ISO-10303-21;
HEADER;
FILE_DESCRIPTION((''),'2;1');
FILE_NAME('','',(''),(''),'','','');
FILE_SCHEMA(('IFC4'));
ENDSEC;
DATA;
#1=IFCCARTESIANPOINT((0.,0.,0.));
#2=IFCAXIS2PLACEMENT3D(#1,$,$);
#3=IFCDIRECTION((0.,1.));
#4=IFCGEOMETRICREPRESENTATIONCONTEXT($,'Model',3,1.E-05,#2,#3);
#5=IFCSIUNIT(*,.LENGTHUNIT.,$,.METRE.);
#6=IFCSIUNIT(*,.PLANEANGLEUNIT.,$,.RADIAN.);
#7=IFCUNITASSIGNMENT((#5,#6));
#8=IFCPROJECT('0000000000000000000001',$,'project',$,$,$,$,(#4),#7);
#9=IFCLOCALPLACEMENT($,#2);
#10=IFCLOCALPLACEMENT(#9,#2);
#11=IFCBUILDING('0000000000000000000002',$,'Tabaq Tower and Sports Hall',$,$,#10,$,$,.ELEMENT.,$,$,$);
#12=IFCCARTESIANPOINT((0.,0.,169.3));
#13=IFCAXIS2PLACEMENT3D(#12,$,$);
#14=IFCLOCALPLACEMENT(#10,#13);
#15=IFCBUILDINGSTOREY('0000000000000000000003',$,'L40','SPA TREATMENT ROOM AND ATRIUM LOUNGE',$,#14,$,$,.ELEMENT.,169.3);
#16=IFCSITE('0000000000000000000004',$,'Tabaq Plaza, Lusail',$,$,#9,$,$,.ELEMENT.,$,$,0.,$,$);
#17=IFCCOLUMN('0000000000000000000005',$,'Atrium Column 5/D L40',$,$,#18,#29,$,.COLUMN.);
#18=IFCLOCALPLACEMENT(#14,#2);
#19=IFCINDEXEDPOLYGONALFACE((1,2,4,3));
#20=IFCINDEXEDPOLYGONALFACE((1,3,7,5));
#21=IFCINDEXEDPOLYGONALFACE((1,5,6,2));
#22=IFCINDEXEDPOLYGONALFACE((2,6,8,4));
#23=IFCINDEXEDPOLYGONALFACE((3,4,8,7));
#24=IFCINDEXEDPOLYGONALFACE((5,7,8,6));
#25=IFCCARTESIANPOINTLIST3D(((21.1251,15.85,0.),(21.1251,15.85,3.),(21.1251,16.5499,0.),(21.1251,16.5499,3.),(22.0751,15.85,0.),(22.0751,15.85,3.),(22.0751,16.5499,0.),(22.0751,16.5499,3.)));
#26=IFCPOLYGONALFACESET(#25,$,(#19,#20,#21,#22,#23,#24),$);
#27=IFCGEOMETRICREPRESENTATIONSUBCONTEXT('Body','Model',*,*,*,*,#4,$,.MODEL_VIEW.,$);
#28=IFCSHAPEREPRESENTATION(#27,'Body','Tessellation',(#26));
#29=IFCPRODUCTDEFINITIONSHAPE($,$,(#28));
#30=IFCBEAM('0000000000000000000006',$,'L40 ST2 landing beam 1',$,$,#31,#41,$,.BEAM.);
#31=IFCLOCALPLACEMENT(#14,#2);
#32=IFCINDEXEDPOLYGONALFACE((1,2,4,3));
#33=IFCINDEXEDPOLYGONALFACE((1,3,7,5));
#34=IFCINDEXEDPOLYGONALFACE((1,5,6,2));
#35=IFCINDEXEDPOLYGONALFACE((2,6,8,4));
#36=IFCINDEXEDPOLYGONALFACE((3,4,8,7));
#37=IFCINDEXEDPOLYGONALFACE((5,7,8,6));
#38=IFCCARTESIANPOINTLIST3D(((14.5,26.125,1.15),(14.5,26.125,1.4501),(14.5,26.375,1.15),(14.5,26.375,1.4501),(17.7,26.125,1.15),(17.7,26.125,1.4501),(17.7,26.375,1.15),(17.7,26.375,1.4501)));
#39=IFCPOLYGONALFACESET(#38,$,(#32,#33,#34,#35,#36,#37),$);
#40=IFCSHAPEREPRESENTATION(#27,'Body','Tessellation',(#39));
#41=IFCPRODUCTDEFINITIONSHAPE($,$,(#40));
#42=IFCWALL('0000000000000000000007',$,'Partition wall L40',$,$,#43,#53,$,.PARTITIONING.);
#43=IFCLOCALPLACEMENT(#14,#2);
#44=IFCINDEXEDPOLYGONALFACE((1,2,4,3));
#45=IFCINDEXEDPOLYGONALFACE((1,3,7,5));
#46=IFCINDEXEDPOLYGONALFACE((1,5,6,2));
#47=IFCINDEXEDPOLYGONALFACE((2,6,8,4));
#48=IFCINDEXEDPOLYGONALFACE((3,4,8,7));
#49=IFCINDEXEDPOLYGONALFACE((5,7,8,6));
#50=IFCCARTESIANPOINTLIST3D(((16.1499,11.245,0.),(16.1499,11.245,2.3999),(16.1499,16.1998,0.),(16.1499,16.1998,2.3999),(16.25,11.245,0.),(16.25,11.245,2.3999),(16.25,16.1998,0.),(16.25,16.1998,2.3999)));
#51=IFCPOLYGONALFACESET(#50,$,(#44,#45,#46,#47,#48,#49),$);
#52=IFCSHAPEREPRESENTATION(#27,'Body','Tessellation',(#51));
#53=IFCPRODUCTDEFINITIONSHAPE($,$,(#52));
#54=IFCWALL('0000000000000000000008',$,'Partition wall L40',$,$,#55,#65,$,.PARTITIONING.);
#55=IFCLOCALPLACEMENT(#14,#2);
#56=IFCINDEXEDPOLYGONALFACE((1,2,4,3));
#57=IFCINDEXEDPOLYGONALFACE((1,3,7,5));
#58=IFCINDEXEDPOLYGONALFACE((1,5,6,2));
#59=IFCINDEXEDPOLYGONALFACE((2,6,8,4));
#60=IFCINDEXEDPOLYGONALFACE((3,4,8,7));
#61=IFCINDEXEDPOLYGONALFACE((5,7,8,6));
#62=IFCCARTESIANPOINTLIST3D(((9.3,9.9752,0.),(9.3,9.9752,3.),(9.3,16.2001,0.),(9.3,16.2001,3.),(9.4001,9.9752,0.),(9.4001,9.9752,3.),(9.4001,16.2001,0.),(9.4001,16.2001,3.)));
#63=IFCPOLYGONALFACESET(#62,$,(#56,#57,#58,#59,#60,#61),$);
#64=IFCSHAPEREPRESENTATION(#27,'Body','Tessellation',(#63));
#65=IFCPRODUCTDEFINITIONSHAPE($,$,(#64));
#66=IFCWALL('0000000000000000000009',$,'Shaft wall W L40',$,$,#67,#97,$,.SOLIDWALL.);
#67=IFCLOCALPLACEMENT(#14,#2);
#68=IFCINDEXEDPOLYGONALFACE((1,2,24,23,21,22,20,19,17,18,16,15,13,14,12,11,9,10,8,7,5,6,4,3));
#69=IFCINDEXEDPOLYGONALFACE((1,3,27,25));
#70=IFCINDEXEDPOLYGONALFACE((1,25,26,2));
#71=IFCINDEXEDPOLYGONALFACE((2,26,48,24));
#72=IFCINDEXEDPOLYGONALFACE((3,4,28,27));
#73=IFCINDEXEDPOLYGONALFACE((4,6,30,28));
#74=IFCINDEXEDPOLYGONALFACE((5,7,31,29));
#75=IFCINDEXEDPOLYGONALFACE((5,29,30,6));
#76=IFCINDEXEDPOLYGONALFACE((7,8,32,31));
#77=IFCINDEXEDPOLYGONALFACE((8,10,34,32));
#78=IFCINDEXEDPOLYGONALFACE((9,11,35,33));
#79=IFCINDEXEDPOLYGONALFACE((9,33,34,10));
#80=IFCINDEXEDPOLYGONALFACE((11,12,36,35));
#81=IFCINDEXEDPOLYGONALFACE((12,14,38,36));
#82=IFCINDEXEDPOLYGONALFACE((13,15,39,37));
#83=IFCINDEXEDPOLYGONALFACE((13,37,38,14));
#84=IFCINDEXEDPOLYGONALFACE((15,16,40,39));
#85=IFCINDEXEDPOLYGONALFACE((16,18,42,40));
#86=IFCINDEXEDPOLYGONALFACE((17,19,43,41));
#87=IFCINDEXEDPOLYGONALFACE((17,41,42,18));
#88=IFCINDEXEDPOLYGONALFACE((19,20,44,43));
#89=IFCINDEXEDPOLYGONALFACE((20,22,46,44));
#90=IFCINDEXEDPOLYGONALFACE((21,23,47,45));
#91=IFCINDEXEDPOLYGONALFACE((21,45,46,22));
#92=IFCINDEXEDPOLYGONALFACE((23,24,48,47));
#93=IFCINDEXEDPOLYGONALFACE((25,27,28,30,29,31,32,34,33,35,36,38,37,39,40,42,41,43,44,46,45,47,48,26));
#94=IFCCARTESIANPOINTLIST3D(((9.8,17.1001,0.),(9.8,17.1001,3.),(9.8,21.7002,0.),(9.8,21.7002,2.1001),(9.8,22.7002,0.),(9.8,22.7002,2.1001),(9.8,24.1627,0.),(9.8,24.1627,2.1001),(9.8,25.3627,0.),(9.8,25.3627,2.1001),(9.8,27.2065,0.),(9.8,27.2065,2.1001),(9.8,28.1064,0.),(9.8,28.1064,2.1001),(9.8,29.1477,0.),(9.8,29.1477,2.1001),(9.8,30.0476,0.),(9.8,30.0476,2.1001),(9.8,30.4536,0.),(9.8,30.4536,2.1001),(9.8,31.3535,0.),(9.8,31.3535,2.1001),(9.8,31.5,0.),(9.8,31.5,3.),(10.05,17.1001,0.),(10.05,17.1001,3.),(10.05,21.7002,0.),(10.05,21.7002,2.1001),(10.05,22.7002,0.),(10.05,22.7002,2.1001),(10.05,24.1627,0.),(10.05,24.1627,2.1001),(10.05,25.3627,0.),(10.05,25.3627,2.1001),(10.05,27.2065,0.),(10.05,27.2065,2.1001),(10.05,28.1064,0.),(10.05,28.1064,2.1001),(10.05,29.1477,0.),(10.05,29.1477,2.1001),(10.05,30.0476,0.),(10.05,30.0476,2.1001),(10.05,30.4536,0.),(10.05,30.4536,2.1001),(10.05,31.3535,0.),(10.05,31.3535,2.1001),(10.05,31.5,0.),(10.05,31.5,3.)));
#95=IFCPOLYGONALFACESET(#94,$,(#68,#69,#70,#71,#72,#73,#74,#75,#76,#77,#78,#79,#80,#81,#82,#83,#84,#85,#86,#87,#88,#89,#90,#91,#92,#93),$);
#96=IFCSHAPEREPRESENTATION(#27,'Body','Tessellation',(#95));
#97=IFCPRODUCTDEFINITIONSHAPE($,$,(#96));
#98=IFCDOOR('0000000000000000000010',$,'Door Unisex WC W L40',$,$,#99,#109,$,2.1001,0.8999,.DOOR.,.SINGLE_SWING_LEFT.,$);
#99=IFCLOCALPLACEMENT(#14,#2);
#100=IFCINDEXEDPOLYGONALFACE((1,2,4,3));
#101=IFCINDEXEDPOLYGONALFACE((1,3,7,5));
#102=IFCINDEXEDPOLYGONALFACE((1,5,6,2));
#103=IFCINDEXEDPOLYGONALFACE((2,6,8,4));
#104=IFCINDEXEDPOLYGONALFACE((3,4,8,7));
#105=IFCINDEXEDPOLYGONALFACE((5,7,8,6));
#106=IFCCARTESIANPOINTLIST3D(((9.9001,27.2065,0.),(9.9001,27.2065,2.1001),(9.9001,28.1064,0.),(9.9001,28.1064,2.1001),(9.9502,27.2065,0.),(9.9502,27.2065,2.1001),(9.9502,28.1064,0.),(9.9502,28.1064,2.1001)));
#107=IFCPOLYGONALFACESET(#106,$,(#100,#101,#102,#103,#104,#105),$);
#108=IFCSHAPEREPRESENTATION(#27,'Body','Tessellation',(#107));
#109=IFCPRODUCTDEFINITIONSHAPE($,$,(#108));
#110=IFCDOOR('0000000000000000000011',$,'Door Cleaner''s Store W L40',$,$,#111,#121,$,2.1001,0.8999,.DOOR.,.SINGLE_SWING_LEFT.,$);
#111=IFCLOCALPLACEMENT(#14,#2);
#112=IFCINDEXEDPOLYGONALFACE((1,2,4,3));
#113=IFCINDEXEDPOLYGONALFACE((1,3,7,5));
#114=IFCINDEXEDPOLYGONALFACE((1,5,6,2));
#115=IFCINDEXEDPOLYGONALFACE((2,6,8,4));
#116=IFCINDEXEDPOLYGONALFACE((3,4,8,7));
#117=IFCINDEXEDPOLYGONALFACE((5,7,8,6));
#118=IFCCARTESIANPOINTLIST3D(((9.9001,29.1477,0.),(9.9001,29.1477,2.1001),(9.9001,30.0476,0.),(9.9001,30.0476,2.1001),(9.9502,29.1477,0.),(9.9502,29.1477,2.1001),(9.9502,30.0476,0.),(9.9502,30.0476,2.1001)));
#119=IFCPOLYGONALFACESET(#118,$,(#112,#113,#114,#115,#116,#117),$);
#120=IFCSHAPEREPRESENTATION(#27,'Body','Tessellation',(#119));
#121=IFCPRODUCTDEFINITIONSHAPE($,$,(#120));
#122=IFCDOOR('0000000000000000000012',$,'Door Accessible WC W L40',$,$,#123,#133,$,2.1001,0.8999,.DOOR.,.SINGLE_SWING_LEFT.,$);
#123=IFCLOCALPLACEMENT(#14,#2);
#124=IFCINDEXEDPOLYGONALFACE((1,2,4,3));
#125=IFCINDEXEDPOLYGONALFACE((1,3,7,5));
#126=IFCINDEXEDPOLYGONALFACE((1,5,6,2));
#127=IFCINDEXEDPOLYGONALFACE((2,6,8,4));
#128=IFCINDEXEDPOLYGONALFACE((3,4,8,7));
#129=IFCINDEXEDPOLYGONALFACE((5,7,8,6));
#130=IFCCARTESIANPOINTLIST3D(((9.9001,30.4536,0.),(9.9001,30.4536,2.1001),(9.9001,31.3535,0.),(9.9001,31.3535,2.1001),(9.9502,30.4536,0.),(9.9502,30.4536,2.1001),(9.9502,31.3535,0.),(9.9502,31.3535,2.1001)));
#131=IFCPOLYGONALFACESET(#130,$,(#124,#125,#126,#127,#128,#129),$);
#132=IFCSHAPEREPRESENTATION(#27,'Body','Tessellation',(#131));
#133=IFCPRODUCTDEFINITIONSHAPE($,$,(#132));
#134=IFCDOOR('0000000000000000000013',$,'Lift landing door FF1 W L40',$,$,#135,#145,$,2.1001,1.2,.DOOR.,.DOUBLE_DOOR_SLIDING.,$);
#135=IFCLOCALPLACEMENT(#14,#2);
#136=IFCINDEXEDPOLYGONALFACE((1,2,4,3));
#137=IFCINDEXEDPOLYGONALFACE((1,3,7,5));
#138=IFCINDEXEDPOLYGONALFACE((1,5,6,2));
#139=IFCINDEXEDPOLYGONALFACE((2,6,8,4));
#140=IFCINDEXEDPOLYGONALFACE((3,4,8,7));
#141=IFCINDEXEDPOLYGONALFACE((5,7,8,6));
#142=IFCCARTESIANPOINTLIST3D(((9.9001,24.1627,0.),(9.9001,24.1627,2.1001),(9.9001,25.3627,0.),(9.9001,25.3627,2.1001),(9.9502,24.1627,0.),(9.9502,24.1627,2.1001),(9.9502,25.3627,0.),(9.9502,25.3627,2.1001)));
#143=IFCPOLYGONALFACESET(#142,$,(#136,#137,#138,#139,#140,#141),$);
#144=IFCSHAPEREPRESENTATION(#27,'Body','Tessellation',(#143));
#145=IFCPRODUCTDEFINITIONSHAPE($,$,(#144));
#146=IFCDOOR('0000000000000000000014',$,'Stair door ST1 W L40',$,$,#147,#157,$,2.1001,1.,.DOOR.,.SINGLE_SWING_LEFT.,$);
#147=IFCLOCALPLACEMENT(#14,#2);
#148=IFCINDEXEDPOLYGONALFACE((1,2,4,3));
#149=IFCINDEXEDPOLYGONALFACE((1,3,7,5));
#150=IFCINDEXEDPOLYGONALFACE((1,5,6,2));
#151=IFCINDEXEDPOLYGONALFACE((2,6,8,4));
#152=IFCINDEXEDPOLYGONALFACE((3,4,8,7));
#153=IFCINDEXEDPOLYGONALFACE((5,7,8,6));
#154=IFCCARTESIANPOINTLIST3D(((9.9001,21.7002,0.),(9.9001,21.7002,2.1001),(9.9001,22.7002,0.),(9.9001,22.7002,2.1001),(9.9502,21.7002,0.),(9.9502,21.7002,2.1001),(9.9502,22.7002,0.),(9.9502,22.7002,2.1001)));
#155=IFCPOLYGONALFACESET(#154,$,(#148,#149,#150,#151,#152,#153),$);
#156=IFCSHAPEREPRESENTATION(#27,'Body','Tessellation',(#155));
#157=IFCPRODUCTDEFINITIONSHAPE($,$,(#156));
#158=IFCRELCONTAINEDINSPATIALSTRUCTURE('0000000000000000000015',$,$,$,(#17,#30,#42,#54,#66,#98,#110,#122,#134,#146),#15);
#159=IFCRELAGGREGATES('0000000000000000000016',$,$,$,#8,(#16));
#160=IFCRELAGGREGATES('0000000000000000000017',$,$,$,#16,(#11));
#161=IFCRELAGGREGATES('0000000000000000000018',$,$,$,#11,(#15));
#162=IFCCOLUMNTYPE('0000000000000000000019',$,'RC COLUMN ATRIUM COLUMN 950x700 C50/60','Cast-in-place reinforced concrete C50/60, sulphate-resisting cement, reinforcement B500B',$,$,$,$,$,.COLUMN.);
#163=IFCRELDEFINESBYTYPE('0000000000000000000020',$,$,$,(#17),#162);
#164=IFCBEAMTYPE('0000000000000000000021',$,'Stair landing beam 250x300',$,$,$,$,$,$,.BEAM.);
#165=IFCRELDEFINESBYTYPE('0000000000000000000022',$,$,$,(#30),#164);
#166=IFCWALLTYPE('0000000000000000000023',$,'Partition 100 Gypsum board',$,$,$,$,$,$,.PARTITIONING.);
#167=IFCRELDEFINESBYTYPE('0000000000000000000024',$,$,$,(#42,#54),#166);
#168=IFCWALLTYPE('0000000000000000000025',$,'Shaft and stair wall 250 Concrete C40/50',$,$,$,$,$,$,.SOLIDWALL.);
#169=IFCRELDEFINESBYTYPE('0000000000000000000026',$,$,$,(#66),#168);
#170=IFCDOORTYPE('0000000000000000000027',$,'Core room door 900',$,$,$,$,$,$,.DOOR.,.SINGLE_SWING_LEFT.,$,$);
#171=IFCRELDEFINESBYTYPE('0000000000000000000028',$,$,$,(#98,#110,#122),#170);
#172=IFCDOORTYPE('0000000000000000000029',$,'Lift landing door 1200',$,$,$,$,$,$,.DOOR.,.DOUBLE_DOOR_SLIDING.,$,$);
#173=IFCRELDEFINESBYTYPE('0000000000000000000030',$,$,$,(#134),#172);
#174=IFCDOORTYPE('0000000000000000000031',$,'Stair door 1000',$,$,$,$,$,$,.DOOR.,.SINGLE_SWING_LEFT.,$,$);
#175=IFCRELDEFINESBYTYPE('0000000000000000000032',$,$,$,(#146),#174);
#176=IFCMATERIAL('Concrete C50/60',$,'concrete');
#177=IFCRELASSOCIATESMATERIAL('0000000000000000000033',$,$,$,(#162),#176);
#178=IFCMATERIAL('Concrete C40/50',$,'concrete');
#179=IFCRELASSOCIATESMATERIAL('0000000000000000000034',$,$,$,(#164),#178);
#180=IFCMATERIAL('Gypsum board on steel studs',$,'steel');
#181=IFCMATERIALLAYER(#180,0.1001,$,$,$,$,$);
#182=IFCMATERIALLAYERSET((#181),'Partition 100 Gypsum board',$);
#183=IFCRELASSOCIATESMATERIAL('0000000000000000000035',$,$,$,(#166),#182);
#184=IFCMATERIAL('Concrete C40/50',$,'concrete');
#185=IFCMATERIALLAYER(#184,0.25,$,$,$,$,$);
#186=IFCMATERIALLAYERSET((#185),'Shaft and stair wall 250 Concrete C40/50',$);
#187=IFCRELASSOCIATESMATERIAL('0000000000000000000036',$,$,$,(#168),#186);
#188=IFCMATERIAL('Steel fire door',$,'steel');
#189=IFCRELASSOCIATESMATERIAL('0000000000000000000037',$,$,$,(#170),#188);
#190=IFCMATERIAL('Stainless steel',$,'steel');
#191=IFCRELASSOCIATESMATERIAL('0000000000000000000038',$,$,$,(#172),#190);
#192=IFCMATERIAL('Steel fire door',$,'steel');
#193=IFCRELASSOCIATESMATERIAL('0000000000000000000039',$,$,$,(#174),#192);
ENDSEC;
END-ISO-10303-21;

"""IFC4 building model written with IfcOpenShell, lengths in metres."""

from ifc_helpers import new_model, si_unit, direction, frame, frame_2d, origin, origin_2d, place, context, subcontext, project, spatial, rectangle, extrude, material, layer, layer_set, material_profile, profile_set, type_object, element, fill, save


model = new_model("IFC4")

# Units and contexts
model_context = context("Model", 3, precision=1e-05, world=origin(), true_north=direction((0.0, 1.0)))
body_context = subcontext(model_context, "Body", "Model", "MODEL_VIEW")
ifc_project = project(units=[si_unit("LENGTHUNIT", "METRE"), si_unit("PLANEANGLEUNIT", "RADIAN")], contexts=[model_context])

# Site, building, storey
site_placement = place(None, origin())
site = spatial("IfcSite", under=ifc_project, at=site_placement, Name="Tabaq Plaza, Lusail", CompositionType="ELEMENT", RefElevation=0.0)
building_placement = place(site_placement, origin())
building = spatial("IfcBuilding", under=site, at=building_placement, Name="Tabaq Tower and Sports Hall", CompositionType="ELEMENT")
storey_placement = place(building_placement, frame((0.0, 0.0, 169.3)))
storey = spatial("IfcBuildingStorey", under=building, at=storey_placement, Name="L40", Description="SPA TREATMENT ROOM AND ATRIUM LOUNGE", CompositionType="ELEMENT", Elevation=169.3)

# Column
ifc_material_1 = material(Name="Concrete C50/60", Category="concrete")
ifc_material_profile_1 = material_profile(ifc_material_1, rectangle(XDim=0.95, YDim=0.7, at=origin_2d()), Name="ATRIUM COLUMN 950x700")
ifc_profile_set_1 = profile_set([ifc_material_profile_1], Name="Concrete C50/60")
column_type = type_object("IfcColumnType", Name="RC COLUMN ATRIUM COLUMN 950x700 C50/60", Description="Cast-in-place reinforced concrete C50/60, sulphate-resisting cement, reinforcement B500B", PredefinedType="COLUMN", material=ifc_profile_set_1)
column_placement = place(storey_placement, frame((21.6001, 16.2, 0.0), z_axis=(0.0, 0.0, 1.0), x_axis=(1.0, 0.0, 0.0)))
element("IfcColumn", 1, at=column_placement, inside=storey, type_object=column_type, Name="Atrium Column 5/D L40", PredefinedType="COLUMN", context=body_context, shape_type="SweptSolid", body=[
    extrude(rectangle(XDim=0.95, YDim=0.7, at=origin_2d()), origin(), (0.0, 0.0, 1.0), 3.0),
])

# Beam
ifc_material_2 = material(Name="Concrete C40/50", Category="concrete")
ifc_material_profile_2 = material_profile(ifc_material_2, rectangle(XDim=0.25, YDim=0.3, at=origin_2d()), Name="RC 250x300")
ifc_profile_set_2 = profile_set([ifc_material_profile_2], Name="Concrete C40/50")
beam_type = type_object("IfcBeamType", Name="Stair landing beam 250x300", PredefinedType="BEAM", material=ifc_profile_set_2)
beam_placement = place(storey_placement, frame((14.5, 26.25, 1.3), z_axis=(1.0, 0.0, 0.0), x_axis=(0.0, 1.0, 0.0)))
element("IfcBeam", 2, at=beam_placement, inside=storey, type_object=beam_type, Name="L40 ST2 landing beam 1", PredefinedType="BEAM", context=body_context, shape_type="SweptSolid", body=[
    extrude(rectangle(XDim=0.25, YDim=0.3, at=origin_2d()), origin(), (0.0, 0.0, 1.0), 3.2),
])

# Walls
ifc_material_3 = material(Name="Gypsum board on steel studs", Category="steel")
ifc_layer_1 = layer(ifc_material_3, 0.1001)
ifc_layer_set_1 = layer_set([ifc_layer_1], Name="Partition 100 Gypsum board")
wall_type_1 = type_object("IfcWallType", Name="Partition 100 Gypsum board", PredefinedType="PARTITIONING", material=ifc_layer_set_1)
wall_1_placement = place(storey_placement, frame((16.2, 16.2, 0.0), z_axis=(0.0, 0.0, 1.0), x_axis=(0.0, -1.0, 0.0)))
element("IfcWall", 3, at=wall_1_placement, inside=storey, type_object=wall_type_1, Name="Partition wall L40", PredefinedType="PARTITIONING", context=body_context, shape_type="SweptSolid", body=[
    extrude(rectangle(XDim=4.9548, YDim=0.1001, at=frame_2d((2.4775, 0.0))), origin(), (0.0, 0.0, 1.0), 2.3999),
])
wall_2_placement = place(storey_placement, frame((9.3501, 16.2, 0.0), z_axis=(0.0, 0.0, 1.0), x_axis=(0.0, -1.0, 0.0)))
element("IfcWall", 4, at=wall_2_placement, inside=storey, type_object=wall_type_1, Name="Partition wall L40", PredefinedType="PARTITIONING", context=body_context, shape_type="SweptSolid", body=[
    extrude(rectangle(XDim=6.2249, YDim=0.1001, at=frame_2d((3.1123, 0.0))), origin(), (0.0, 0.0, 1.0), 3.0),
])

# Wall, openings, doors
ifc_material_4 = material(Name="Concrete C40/50", Category="concrete")
ifc_layer_2 = layer(ifc_material_4, 0.25)
ifc_layer_set_2 = layer_set([ifc_layer_2], Name="Shaft and stair wall 250 Concrete C40/50")
wall_type_2 = type_object("IfcWallType", Name="Shaft and stair wall 250 Concrete C40/50", PredefinedType="SOLIDWALL", material=ifc_layer_set_2)
wall_3_placement = place(storey_placement, frame((9.925, 17.1001, 0.0), z_axis=(0.0, 0.0, 1.0), x_axis=(0.0, 1.0, 0.0)))
wall_3 = element("IfcWall", 5, at=wall_3_placement, inside=storey, type_object=wall_type_2, Name="Shaft wall W L40", PredefinedType="SOLIDWALL", context=body_context, shape_type="SweptSolid", body=[
    extrude(rectangle(XDim=14.3999, YDim=0.25, at=frame_2d((7.2, 0.0))), origin(), (0.0, 0.0, 1.0), 3.0),
])
opening_1_placement = place(wall_3_placement, frame((4.6001, 0.0, 0.0)))
opening_1 = element("IfcOpeningElement", 6, at=opening_1_placement, cuts=wall_3, PredefinedType="OPENING", context=body_context, shape_type="SweptSolid", body=[
    extrude(rectangle(XDim=1.0, YDim=2.1001, at=frame_2d((0.5, 1.05))), frame((0.0, 0.125, 0.0), z_axis=(0.0, -1.0, 0.0), x_axis=(1.0, 0.0, 0.0)), (0.0, 0.0, 1.0), 0.25),
])
opening_2_placement = place(wall_3_placement, frame((7.0625, 0.0, 0.0)))
opening_2 = element("IfcOpeningElement", 7, at=opening_2_placement, cuts=wall_3, PredefinedType="OPENING", context=body_context, shape_type="SweptSolid", body=[
    extrude(rectangle(XDim=1.2, YDim=2.1001, at=frame_2d((0.6001, 1.05))), frame((0.0, 0.125, 0.0), z_axis=(0.0, -1.0, 0.0), x_axis=(1.0, 0.0, 0.0)), (0.0, 0.0, 1.0), 0.25),
])
opening_3_placement = place(wall_3_placement, frame((10.1064, 0.0, 0.0)))
opening_3 = element("IfcOpeningElement", 8, at=opening_3_placement, cuts=wall_3, PredefinedType="OPENING", context=body_context, shape_type="SweptSolid", body=[
    extrude(rectangle(XDim=0.8999, YDim=2.1001, at=frame_2d((0.45, 1.05))), frame((0.0, 0.125, 0.0), z_axis=(0.0, -1.0, 0.0), x_axis=(1.0, 0.0, 0.0)), (0.0, 0.0, 1.0), 0.25),
])
opening_4_placement = place(wall_3_placement, frame((12.0476, 0.0, 0.0)))
opening_4 = element("IfcOpeningElement", 9, at=opening_4_placement, cuts=wall_3, PredefinedType="OPENING", context=body_context, shape_type="SweptSolid", body=[
    extrude(rectangle(XDim=0.8999, YDim=2.1001, at=frame_2d((0.45, 1.05))), frame((0.0, 0.125, 0.0), z_axis=(0.0, -1.0, 0.0), x_axis=(1.0, 0.0, 0.0)), (0.0, 0.0, 1.0), 0.25),
])
opening_5_placement = place(wall_3_placement, frame((13.3535, 0.0, 0.0)))
opening_5 = element("IfcOpeningElement", 10, at=opening_5_placement, cuts=wall_3, PredefinedType="OPENING", context=body_context, shape_type="SweptSolid", body=[
    extrude(rectangle(XDim=0.8999, YDim=2.1001, at=frame_2d((0.45, 1.05))), frame((0.0, 0.125, 0.0), z_axis=(0.0, -1.0, 0.0), x_axis=(1.0, 0.0, 0.0)), (0.0, 0.0, 1.0), 0.25),
])
ifc_material_5 = material(Name="Steel fire door", Category="steel")
door_type_1 = type_object("IfcDoorType", Name="Core room door 900", OperationType="SINGLE_SWING_LEFT", PredefinedType="DOOR", material=ifc_material_5)
door_1_placement = place(opening_3_placement, origin())
door_1 = element("IfcDoor", 11, at=door_1_placement, inside=storey, type_object=door_type_1, Name="Door Unisex WC W L40", OperationType="SINGLE_SWING_LEFT", OverallHeight=2.1001, OverallWidth=0.8999, PredefinedType="DOOR", context=body_context, shape_type="SweptSolid", body=[
    extrude(rectangle(XDim=0.8999, YDim=2.1001, at=frame_2d((0.45, 1.05))), frame((0.0, 0.0249, 0.0), z_axis=(0.0, -1.0, 0.0), x_axis=(1.0, 0.0, 0.0)), (0.0, 0.0, 1.0), 0.05),
])
fill(opening_3, door_1)
door_2_placement = place(opening_4_placement, origin())
door_2 = element("IfcDoor", 12, at=door_2_placement, inside=storey, type_object=door_type_1, Name="Door Cleaner's Store W L40", OperationType="SINGLE_SWING_LEFT", OverallHeight=2.1001, OverallWidth=0.8999, PredefinedType="DOOR", context=body_context, shape_type="SweptSolid", body=[
    extrude(rectangle(XDim=0.8999, YDim=2.1001, at=frame_2d((0.45, 1.05))), frame((0.0, 0.0249, 0.0), z_axis=(0.0, -1.0, 0.0), x_axis=(1.0, 0.0, 0.0)), (0.0, 0.0, 1.0), 0.05),
])
fill(opening_4, door_2)
door_3_placement = place(opening_5_placement, origin())
door_3 = element("IfcDoor", 13, at=door_3_placement, inside=storey, type_object=door_type_1, Name="Door Accessible WC W L40", OperationType="SINGLE_SWING_LEFT", OverallHeight=2.1001, OverallWidth=0.8999, PredefinedType="DOOR", context=body_context, shape_type="SweptSolid", body=[
    extrude(rectangle(XDim=0.8999, YDim=2.1001, at=frame_2d((0.45, 1.05))), frame((0.0, 0.0249, 0.0), z_axis=(0.0, -1.0, 0.0), x_axis=(1.0, 0.0, 0.0)), (0.0, 0.0, 1.0), 0.05),
])
fill(opening_5, door_3)
ifc_material_6 = material(Name="Stainless steel", Category="steel")
door_type_2 = type_object("IfcDoorType", Name="Lift landing door 1200", OperationType="DOUBLE_DOOR_SLIDING", PredefinedType="DOOR", material=ifc_material_6)
door_4_placement = place(opening_2_placement, origin())
door_4 = element("IfcDoor", 14, at=door_4_placement, inside=storey, type_object=door_type_2, Name="Lift landing door FF1 W L40", OperationType="DOUBLE_DOOR_SLIDING", OverallHeight=2.1001, OverallWidth=1.2, PredefinedType="DOOR", context=body_context, shape_type="SweptSolid", body=[
    extrude(rectangle(XDim=1.2, YDim=2.1001, at=frame_2d((0.6001, 1.05))), frame((0.0, 0.0249, 0.0), z_axis=(0.0, -1.0, 0.0), x_axis=(1.0, 0.0, 0.0)), (0.0, 0.0, 1.0), 0.05),
])
fill(opening_2, door_4)
ifc_material_7 = material(Name="Steel fire door", Category="steel")
door_type_3 = type_object("IfcDoorType", Name="Stair door 1000", OperationType="SINGLE_SWING_LEFT", PredefinedType="DOOR", material=ifc_material_7)
door_5_placement = place(opening_1_placement, origin())
door_5 = element("IfcDoor", 15, at=door_5_placement, inside=storey, type_object=door_type_3, Name="Stair door ST1 W L40", OperationType="SINGLE_SWING_LEFT", OverallHeight=2.1001, OverallWidth=1.0, PredefinedType="DOOR", context=body_context, shape_type="SweptSolid", body=[
    extrude(rectangle(XDim=1.0, YDim=2.1001, at=frame_2d((0.5, 1.05))), frame((0.0, 0.0249, 0.0), z_axis=(0.0, -1.0, 0.0), x_axis=(1.0, 0.0, 0.0)), (0.0, 0.0, 1.0), 0.05),
])
fill(opening_1, door_5)

save(model, "model.ifc")
